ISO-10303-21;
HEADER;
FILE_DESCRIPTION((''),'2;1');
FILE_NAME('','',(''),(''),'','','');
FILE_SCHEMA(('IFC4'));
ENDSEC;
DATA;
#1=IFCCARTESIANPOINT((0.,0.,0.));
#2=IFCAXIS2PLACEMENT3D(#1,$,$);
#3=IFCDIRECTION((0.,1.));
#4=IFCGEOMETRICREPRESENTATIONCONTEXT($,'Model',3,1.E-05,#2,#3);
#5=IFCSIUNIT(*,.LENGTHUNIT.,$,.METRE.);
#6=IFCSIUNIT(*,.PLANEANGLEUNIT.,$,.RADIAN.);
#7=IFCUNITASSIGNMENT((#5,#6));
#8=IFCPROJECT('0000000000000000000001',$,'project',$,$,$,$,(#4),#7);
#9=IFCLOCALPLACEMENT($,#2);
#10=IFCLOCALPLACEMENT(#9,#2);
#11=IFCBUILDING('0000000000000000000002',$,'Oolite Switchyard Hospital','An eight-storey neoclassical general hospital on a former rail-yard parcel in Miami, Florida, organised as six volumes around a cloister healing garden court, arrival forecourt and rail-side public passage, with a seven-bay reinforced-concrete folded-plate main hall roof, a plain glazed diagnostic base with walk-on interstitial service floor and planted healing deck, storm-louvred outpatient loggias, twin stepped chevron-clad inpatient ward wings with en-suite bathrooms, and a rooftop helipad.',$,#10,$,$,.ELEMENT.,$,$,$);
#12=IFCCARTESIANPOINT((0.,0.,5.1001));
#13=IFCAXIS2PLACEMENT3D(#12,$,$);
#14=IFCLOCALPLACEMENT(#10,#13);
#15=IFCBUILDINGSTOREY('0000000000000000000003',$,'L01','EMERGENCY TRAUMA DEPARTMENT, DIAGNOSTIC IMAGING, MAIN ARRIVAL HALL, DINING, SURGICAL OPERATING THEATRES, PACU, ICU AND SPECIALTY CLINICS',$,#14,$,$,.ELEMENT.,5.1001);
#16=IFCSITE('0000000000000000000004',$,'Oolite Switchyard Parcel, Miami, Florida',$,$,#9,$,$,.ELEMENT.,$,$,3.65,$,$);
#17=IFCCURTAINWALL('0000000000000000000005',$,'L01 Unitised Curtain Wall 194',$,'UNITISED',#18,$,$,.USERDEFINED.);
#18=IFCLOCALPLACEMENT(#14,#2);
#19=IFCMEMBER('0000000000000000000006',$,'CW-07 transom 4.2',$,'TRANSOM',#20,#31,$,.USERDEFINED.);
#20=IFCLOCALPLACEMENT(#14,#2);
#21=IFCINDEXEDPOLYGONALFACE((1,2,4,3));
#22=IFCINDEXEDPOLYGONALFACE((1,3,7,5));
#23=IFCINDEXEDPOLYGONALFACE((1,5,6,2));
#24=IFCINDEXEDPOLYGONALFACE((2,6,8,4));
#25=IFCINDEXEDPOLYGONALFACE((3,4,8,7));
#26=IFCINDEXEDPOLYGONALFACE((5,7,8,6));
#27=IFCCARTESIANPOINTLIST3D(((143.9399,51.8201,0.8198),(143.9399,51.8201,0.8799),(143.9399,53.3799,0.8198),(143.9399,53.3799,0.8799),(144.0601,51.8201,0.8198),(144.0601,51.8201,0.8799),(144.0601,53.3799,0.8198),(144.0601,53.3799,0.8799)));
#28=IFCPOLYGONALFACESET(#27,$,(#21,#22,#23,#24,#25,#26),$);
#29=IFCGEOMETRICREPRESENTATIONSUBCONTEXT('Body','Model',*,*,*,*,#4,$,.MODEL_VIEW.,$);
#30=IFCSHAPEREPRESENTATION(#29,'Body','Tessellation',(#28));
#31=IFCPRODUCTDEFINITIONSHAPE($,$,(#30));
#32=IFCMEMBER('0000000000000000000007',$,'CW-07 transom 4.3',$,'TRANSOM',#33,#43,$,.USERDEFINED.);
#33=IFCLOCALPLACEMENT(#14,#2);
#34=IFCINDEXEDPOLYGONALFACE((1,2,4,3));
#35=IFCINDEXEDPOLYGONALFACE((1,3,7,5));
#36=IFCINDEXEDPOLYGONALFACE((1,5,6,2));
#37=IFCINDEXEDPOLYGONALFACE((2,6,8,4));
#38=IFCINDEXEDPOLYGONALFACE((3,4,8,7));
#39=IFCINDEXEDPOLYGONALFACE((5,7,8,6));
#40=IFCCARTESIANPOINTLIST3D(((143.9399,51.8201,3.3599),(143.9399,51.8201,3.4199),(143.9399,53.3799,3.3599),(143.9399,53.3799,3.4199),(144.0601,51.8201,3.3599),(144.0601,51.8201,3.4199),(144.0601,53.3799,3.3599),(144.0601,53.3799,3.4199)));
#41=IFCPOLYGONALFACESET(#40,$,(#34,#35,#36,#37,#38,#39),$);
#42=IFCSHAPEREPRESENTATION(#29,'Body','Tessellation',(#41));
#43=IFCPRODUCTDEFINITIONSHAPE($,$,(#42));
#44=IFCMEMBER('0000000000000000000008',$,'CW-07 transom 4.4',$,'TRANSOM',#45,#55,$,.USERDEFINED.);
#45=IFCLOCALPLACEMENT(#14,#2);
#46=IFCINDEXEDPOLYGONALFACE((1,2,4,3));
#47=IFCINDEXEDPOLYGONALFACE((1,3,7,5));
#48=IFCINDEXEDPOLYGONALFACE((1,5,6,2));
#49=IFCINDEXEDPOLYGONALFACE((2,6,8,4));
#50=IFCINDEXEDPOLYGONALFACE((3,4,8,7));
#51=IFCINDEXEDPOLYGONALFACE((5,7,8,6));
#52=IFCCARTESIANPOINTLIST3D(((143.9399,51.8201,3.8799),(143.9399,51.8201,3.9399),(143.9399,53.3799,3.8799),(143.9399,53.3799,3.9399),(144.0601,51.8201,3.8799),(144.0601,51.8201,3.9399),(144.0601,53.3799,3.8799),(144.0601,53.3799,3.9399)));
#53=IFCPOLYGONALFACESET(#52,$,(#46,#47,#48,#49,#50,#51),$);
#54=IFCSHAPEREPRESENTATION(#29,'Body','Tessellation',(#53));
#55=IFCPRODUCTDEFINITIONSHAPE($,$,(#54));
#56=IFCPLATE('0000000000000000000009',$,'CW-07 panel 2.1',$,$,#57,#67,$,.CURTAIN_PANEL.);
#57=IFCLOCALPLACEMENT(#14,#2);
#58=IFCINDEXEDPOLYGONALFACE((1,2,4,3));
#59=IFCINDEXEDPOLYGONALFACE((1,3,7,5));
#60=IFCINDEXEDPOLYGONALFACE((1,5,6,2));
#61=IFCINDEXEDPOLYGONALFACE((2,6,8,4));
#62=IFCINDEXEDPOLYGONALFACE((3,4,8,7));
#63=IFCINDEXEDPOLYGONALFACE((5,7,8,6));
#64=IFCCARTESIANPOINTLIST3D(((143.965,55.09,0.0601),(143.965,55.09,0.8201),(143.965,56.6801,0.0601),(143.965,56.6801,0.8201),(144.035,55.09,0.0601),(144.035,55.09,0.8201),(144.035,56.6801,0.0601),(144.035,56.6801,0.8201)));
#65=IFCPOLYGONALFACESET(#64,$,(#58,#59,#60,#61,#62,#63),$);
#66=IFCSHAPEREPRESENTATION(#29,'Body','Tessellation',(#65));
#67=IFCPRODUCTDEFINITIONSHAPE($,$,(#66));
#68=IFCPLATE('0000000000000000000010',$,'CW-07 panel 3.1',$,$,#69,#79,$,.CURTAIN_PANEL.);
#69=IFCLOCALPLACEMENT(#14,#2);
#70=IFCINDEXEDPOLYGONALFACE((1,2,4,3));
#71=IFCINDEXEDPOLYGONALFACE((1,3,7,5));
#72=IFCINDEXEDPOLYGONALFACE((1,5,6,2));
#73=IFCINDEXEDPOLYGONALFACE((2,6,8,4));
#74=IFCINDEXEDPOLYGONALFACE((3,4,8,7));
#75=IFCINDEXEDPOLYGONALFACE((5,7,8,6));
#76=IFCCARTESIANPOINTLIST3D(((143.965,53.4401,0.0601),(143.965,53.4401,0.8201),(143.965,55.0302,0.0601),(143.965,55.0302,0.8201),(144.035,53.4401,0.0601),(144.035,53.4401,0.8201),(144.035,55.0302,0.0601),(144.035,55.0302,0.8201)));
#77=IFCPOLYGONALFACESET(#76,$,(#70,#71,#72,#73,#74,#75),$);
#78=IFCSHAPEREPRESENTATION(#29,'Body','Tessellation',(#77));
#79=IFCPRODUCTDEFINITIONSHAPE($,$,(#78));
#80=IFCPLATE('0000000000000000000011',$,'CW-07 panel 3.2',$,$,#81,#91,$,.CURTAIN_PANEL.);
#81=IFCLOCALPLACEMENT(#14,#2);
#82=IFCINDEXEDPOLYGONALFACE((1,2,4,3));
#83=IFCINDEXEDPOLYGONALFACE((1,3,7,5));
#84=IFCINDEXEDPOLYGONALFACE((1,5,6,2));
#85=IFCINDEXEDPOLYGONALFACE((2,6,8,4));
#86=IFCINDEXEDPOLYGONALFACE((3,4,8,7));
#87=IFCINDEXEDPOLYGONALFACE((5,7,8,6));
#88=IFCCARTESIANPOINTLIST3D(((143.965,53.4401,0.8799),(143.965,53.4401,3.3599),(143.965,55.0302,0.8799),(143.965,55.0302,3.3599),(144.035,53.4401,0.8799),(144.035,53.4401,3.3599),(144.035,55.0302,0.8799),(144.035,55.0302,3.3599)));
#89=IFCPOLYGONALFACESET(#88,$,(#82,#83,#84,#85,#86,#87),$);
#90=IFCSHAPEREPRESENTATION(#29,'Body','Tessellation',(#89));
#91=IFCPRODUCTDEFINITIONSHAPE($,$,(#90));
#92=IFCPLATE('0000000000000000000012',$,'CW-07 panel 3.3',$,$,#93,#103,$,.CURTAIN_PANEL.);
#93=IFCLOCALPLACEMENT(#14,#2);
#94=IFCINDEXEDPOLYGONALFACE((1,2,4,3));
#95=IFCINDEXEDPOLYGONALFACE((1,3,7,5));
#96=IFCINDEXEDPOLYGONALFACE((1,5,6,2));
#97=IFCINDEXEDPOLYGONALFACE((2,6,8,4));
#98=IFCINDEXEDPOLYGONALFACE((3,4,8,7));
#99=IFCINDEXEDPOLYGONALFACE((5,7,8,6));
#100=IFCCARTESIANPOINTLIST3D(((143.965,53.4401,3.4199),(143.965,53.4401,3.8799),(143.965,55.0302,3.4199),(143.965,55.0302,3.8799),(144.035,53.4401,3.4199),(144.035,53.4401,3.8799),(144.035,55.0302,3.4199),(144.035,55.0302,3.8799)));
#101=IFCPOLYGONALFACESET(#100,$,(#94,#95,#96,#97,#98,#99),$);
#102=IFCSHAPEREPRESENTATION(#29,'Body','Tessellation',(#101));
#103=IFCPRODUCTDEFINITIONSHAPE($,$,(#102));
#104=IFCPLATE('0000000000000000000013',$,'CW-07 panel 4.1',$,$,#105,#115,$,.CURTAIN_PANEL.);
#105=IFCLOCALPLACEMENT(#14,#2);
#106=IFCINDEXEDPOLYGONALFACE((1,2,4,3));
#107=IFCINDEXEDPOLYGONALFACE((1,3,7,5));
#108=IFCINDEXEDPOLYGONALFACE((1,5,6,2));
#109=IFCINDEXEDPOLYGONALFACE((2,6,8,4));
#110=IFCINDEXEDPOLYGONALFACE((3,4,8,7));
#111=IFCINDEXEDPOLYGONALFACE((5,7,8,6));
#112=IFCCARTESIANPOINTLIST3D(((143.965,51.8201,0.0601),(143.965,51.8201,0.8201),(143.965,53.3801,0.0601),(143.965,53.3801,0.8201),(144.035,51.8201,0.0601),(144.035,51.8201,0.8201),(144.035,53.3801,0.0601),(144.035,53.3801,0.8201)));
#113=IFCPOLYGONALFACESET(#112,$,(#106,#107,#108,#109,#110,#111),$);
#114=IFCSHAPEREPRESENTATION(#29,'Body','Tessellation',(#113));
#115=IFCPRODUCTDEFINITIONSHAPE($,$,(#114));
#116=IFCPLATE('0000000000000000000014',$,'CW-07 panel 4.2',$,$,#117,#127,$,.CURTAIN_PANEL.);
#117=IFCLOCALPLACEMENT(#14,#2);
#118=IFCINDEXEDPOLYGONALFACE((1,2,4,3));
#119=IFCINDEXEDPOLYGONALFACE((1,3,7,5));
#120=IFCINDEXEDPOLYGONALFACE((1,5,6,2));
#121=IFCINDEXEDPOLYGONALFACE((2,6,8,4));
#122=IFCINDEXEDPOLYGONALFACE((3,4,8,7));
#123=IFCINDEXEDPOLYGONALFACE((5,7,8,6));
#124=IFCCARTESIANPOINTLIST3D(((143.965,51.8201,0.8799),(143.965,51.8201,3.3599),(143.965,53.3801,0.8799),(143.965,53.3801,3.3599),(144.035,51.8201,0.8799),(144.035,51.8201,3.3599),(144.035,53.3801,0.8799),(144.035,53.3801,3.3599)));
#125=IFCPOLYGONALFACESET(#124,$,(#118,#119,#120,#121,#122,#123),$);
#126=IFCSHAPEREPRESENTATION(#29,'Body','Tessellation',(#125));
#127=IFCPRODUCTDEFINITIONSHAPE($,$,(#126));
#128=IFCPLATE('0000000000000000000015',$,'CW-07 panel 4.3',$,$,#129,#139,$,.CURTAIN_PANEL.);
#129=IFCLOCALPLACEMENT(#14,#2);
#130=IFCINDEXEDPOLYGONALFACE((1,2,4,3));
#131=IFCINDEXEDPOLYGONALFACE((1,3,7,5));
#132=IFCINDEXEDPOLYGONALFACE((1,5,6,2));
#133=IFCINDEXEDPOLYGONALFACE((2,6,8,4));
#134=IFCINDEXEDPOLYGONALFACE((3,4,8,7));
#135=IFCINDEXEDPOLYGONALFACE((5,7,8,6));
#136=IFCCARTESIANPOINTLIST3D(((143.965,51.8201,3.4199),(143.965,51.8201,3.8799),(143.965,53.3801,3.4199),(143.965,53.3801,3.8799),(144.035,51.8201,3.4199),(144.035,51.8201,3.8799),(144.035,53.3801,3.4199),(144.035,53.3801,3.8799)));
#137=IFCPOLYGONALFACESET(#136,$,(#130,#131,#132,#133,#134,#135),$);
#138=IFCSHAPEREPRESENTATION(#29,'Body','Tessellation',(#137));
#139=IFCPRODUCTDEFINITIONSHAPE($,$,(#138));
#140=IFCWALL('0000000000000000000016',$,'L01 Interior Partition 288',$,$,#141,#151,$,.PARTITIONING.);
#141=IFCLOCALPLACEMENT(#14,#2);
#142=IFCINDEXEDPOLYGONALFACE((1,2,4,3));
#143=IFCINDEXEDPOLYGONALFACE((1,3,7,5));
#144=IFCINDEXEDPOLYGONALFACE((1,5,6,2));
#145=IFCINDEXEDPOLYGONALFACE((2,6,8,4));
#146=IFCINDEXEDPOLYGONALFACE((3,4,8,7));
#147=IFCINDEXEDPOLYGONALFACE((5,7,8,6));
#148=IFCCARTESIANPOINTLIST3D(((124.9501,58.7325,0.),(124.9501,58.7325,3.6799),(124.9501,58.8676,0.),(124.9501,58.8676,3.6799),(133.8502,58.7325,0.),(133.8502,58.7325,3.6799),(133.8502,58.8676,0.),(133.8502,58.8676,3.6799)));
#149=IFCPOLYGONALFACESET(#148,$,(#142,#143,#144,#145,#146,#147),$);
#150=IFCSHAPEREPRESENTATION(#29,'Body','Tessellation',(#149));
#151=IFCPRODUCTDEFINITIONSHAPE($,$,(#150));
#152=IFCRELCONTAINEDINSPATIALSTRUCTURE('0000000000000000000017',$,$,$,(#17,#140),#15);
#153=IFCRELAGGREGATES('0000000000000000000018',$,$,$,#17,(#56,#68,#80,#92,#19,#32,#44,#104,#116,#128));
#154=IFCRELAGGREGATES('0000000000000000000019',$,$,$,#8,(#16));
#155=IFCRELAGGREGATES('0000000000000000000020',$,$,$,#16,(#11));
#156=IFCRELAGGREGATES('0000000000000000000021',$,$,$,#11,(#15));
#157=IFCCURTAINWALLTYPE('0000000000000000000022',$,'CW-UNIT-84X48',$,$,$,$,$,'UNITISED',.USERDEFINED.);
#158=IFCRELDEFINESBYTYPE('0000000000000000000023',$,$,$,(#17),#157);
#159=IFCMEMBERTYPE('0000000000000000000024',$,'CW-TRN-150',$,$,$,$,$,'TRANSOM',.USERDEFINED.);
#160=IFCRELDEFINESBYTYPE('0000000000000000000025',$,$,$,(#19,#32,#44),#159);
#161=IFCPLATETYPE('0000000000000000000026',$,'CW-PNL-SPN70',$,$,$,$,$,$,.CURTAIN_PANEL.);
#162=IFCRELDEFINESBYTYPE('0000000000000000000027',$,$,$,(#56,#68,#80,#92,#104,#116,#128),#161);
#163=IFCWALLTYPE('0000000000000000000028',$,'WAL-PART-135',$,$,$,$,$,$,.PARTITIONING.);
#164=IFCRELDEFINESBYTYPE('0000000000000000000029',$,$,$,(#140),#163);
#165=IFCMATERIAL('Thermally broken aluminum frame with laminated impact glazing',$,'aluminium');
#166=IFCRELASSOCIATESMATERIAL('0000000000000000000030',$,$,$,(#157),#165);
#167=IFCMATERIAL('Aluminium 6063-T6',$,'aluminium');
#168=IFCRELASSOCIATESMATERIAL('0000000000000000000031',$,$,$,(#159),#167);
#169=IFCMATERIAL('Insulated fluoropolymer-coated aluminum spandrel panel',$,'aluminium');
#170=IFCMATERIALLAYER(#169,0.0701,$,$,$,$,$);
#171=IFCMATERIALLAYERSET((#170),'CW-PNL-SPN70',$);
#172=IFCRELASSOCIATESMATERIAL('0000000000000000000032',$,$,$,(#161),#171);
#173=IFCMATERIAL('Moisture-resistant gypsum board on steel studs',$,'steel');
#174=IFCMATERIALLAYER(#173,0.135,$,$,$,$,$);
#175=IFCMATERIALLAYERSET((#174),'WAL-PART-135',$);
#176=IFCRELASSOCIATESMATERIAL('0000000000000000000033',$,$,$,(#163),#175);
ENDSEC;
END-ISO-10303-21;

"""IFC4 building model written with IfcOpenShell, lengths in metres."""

from ifc_helpers import new_model, si_unit, direction, frame, frame_2d, origin, origin_2d, place, context, subcontext, project, spatial, rectangle, extrude, material, layer, layer_set, material_profile, profile_set, type_object, element, aggregate, save


model = new_model("IFC4")

# Units and contexts
model_context = context("Model", 3, precision=1e-05, world=origin(), true_north=direction((0.0, 1.0)))
body_context = subcontext(model_context, "Body", "Model", "MODEL_VIEW")
ifc_project = project(units=[si_unit("LENGTHUNIT", "METRE"), si_unit("PLANEANGLEUNIT", "RADIAN")], contexts=[model_context])

# Site, building, storey
site_placement = place(None, origin())
site = spatial("IfcSite", under=ifc_project, at=site_placement, Name="Oolite Switchyard Parcel, Miami, Florida", CompositionType="ELEMENT", RefElevation=3.65)
building_placement = place(site_placement, origin())
building = spatial("IfcBuilding", under=site, at=building_placement, Name="Oolite Switchyard Hospital", Description="An eight-storey neoclassical general hospital on a former rail-yard parcel in Miami, Florida, organised as six volumes around a cloister healing garden court, arrival forecourt and rail-side public passage, with a seven-bay reinforced-concrete folded-plate main hall roof, a plain glazed diagnostic base with walk-on interstitial service floor and planted healing deck, storm-louvred outpatient loggias, twin stepped chevron-clad inpatient ward wings with en-suite bathrooms, and a rooftop helipad.", CompositionType="ELEMENT")
storey_placement = place(building_placement, frame((0.0, 0.0, 5.1001)))
storey = spatial("IfcBuildingStorey", under=building, at=storey_placement, Name="L01", Description="EMERGENCY TRAUMA DEPARTMENT, DIAGNOSTIC IMAGING, MAIN ARRIVAL HALL, DINING, SURGICAL OPERATING THEATRES, PACU, ICU AND SPECIALTY CLINICS", CompositionType="ELEMENT", Elevation=5.1001)

# Curtain wall, members, plates
ifc_material_1 = material(Name="Thermally broken aluminum frame with laminated impact glazing", Category="aluminium")
curtain_wall_type = type_object("IfcCurtainWallType", Name="CW-UNIT-84X48", ElementType="UNITISED", PredefinedType="USERDEFINED", material=ifc_material_1)
curtain_wall_placement = place(storey_placement, origin())
curtain_wall = element("IfcCurtainWall", 1, at=curtain_wall_placement, inside=storey, type_object=curtain_wall_type, Name="L01 Unitised Curtain Wall 194", ObjectType="UNITISED", PredefinedType="USERDEFINED")
ifc_material_2 = material(Name="Aluminium 6063-T6", Category="aluminium")
ifc_material_profile_1 = material_profile(ifc_material_2, rectangle(XDim=0.1201, YDim=0.0601, at=origin_2d()), Name="CWT60X120")
ifc_profile_set_1 = profile_set([ifc_material_profile_1], Name="Aluminium 6063-T6")
member_type_1 = type_object("IfcMemberType", Name="CW-TRN-150", ElementType="TRANSOM", PredefinedType="USERDEFINED", material=ifc_profile_set_1)
member_1_placement = place(storey_placement, frame((144.0, 53.3799, 0.8499), z_axis=(0.0, -1.0, 0.0), x_axis=(1.0, 0.0, 0.0)))
member_1 = element("IfcMember", 2, at=member_1_placement, type_object=member_type_1, Name="CW-07 transom 4.2", ObjectType="TRANSOM", PredefinedType="USERDEFINED", context=body_context, shape_type="SweptSolid", body=[
    extrude(rectangle(XDim=0.1201, YDim=0.0601, at=origin_2d()), origin(), (0.0, 0.0, 1.0), 1.5598),
])
member_2_placement = place(storey_placement, frame((144.0, 53.3799, 3.3899), z_axis=(0.0, -1.0, 0.0), x_axis=(1.0, 0.0, 0.0)))
member_2 = element("IfcMember", 3, at=member_2_placement, type_object=member_type_1, Name="CW-07 transom 4.3", ObjectType="TRANSOM", PredefinedType="USERDEFINED", context=body_context, shape_type="SweptSolid", body=[
    extrude(rectangle(XDim=0.1201, YDim=0.0601, at=origin_2d()), origin(), (0.0, 0.0, 1.0), 1.5598),
])
member_3_placement = place(storey_placement, frame((144.0, 53.3799, 3.9099), z_axis=(0.0, -1.0, 0.0), x_axis=(1.0, 0.0, 0.0)))
member_3 = element("IfcMember", 4, at=member_3_placement, type_object=member_type_1, Name="CW-07 transom 4.4", ObjectType="TRANSOM", PredefinedType="USERDEFINED", context=body_context, shape_type="SweptSolid", body=[
    extrude(rectangle(XDim=0.1201, YDim=0.0601, at=origin_2d()), origin(), (0.0, 0.0, 1.0), 1.5598),
])
ifc_material_3 = material(Name="Insulated fluoropolymer-coated aluminum spandrel panel", Category="aluminium")
ifc_layer_1 = layer(ifc_material_3, 0.0701)
ifc_layer_set_1 = layer_set([ifc_layer_1], Name="CW-PNL-SPN70")
plate_type = type_object("IfcPlateType", Name="CW-PNL-SPN70", PredefinedType="CURTAIN_PANEL", material=ifc_layer_set_1)
plate_1_placement = place(storey_placement, frame((144.0, 55.885, 0.0601), z_axis=(0.0, 0.0, 1.0), x_axis=(0.0, -1.0, 0.0)))
plate_1 = element("IfcPlate", 5, at=plate_1_placement, type_object=plate_type, Name="CW-07 panel 2.1", PredefinedType="CURTAIN_PANEL", context=body_context, shape_type="SweptSolid", body=[
    extrude(rectangle(XDim=1.5901, YDim=0.0701, at=origin_2d()), origin(), (0.0, 0.0, 1.0), 0.76),
])
plate_2_placement = place(storey_placement, frame((144.0, 54.2351, 0.0601), z_axis=(0.0, 0.0, 1.0), x_axis=(0.0, -1.0, 0.0)))
plate_2 = element("IfcPlate", 6, at=plate_2_placement, type_object=plate_type, Name="CW-07 panel 3.1", PredefinedType="CURTAIN_PANEL", context=body_context, shape_type="SweptSolid", body=[
    extrude(rectangle(XDim=1.5901, YDim=0.0701, at=origin_2d()), origin(), (0.0, 0.0, 1.0), 0.76),
])
plate_3_placement = place(storey_placement, frame((144.0, 54.2351, 0.8799), z_axis=(0.0, 0.0, 1.0), x_axis=(0.0, -1.0, 0.0)))
plate_3 = element("IfcPlate", 7, at=plate_3_placement, type_object=plate_type, Name="CW-07 panel 3.2", PredefinedType="CURTAIN_PANEL", context=body_context, shape_type="SweptSolid", body=[
    extrude(rectangle(XDim=1.5901, YDim=0.0701, at=origin_2d()), origin(), (0.0, 0.0, 1.0), 2.48),
])
plate_4_placement = place(storey_placement, frame((144.0, 54.2351, 3.4199), z_axis=(0.0, 0.0, 1.0), x_axis=(0.0, -1.0, 0.0)))
plate_4 = element("IfcPlate", 8, at=plate_4_placement, type_object=plate_type, Name="CW-07 panel 3.3", PredefinedType="CURTAIN_PANEL", context=body_context, shape_type="SweptSolid", body=[
    extrude(rectangle(XDim=1.5901, YDim=0.0701, at=origin_2d()), origin(), (0.0, 0.0, 1.0), 0.46),
])
plate_5_placement = place(storey_placement, frame((144.0, 52.6001, 0.0601), z_axis=(0.0, 0.0, 1.0), x_axis=(0.0, -1.0, 0.0)))
plate_5 = element("IfcPlate", 9, at=plate_5_placement, type_object=plate_type, Name="CW-07 panel 4.1", PredefinedType="CURTAIN_PANEL", context=body_context, shape_type="SweptSolid", body=[
    extrude(rectangle(XDim=1.5601, YDim=0.0701, at=origin_2d()), origin(), (0.0, 0.0, 1.0), 0.76),
])
plate_6_placement = place(storey_placement, frame((144.0, 52.6001, 0.8799), z_axis=(0.0, 0.0, 1.0), x_axis=(0.0, -1.0, 0.0)))
plate_6 = element("IfcPlate", 10, at=plate_6_placement, type_object=plate_type, Name="CW-07 panel 4.2", PredefinedType="CURTAIN_PANEL", context=body_context, shape_type="SweptSolid", body=[
    extrude(rectangle(XDim=1.5601, YDim=0.0701, at=origin_2d()), origin(), (0.0, 0.0, 1.0), 2.48),
])
plate_7_placement = place(storey_placement, frame((144.0, 52.6001, 3.4199), z_axis=(0.0, 0.0, 1.0), x_axis=(0.0, -1.0, 0.0)))
plate_7 = element("IfcPlate", 11, at=plate_7_placement, type_object=plate_type, Name="CW-07 panel 4.3", PredefinedType="CURTAIN_PANEL", context=body_context, shape_type="SweptSolid", body=[
    extrude(rectangle(XDim=1.5601, YDim=0.0701, at=origin_2d()), origin(), (0.0, 0.0, 1.0), 0.46),
])
aggregate(curtain_wall, [plate_1, plate_2, plate_3, plate_4, member_1, member_2, member_3, plate_5, plate_6, plate_7])

# Wall
ifc_material_4 = material(Name="Moisture-resistant gypsum board on steel studs", Category="steel")
ifc_layer_2 = layer(ifc_material_4, 0.135)
ifc_layer_set_2 = layer_set([ifc_layer_2], Name="WAL-PART-135")
wall_type = type_object("IfcWallType", Name="WAL-PART-135", PredefinedType="PARTITIONING", material=ifc_layer_set_2)
wall_placement = place(storey_placement, frame((124.95, 58.8, 0.0), z_axis=(0.0, 0.0, 1.0), x_axis=(1.0, 0.0, 0.0)))
element("IfcWall", 12, at=wall_placement, inside=storey, type_object=wall_type, Name="L01 Interior Partition 288", PredefinedType="PARTITIONING", context=body_context, shape_type="SweptSolid", body=[
    extrude(rectangle(XDim=8.9001, YDim=0.135, at=frame_2d((4.4502, 0.0))), origin(), (0.0, 0.0, 1.0), 3.6799),
])

save(model, "model.ifc")
